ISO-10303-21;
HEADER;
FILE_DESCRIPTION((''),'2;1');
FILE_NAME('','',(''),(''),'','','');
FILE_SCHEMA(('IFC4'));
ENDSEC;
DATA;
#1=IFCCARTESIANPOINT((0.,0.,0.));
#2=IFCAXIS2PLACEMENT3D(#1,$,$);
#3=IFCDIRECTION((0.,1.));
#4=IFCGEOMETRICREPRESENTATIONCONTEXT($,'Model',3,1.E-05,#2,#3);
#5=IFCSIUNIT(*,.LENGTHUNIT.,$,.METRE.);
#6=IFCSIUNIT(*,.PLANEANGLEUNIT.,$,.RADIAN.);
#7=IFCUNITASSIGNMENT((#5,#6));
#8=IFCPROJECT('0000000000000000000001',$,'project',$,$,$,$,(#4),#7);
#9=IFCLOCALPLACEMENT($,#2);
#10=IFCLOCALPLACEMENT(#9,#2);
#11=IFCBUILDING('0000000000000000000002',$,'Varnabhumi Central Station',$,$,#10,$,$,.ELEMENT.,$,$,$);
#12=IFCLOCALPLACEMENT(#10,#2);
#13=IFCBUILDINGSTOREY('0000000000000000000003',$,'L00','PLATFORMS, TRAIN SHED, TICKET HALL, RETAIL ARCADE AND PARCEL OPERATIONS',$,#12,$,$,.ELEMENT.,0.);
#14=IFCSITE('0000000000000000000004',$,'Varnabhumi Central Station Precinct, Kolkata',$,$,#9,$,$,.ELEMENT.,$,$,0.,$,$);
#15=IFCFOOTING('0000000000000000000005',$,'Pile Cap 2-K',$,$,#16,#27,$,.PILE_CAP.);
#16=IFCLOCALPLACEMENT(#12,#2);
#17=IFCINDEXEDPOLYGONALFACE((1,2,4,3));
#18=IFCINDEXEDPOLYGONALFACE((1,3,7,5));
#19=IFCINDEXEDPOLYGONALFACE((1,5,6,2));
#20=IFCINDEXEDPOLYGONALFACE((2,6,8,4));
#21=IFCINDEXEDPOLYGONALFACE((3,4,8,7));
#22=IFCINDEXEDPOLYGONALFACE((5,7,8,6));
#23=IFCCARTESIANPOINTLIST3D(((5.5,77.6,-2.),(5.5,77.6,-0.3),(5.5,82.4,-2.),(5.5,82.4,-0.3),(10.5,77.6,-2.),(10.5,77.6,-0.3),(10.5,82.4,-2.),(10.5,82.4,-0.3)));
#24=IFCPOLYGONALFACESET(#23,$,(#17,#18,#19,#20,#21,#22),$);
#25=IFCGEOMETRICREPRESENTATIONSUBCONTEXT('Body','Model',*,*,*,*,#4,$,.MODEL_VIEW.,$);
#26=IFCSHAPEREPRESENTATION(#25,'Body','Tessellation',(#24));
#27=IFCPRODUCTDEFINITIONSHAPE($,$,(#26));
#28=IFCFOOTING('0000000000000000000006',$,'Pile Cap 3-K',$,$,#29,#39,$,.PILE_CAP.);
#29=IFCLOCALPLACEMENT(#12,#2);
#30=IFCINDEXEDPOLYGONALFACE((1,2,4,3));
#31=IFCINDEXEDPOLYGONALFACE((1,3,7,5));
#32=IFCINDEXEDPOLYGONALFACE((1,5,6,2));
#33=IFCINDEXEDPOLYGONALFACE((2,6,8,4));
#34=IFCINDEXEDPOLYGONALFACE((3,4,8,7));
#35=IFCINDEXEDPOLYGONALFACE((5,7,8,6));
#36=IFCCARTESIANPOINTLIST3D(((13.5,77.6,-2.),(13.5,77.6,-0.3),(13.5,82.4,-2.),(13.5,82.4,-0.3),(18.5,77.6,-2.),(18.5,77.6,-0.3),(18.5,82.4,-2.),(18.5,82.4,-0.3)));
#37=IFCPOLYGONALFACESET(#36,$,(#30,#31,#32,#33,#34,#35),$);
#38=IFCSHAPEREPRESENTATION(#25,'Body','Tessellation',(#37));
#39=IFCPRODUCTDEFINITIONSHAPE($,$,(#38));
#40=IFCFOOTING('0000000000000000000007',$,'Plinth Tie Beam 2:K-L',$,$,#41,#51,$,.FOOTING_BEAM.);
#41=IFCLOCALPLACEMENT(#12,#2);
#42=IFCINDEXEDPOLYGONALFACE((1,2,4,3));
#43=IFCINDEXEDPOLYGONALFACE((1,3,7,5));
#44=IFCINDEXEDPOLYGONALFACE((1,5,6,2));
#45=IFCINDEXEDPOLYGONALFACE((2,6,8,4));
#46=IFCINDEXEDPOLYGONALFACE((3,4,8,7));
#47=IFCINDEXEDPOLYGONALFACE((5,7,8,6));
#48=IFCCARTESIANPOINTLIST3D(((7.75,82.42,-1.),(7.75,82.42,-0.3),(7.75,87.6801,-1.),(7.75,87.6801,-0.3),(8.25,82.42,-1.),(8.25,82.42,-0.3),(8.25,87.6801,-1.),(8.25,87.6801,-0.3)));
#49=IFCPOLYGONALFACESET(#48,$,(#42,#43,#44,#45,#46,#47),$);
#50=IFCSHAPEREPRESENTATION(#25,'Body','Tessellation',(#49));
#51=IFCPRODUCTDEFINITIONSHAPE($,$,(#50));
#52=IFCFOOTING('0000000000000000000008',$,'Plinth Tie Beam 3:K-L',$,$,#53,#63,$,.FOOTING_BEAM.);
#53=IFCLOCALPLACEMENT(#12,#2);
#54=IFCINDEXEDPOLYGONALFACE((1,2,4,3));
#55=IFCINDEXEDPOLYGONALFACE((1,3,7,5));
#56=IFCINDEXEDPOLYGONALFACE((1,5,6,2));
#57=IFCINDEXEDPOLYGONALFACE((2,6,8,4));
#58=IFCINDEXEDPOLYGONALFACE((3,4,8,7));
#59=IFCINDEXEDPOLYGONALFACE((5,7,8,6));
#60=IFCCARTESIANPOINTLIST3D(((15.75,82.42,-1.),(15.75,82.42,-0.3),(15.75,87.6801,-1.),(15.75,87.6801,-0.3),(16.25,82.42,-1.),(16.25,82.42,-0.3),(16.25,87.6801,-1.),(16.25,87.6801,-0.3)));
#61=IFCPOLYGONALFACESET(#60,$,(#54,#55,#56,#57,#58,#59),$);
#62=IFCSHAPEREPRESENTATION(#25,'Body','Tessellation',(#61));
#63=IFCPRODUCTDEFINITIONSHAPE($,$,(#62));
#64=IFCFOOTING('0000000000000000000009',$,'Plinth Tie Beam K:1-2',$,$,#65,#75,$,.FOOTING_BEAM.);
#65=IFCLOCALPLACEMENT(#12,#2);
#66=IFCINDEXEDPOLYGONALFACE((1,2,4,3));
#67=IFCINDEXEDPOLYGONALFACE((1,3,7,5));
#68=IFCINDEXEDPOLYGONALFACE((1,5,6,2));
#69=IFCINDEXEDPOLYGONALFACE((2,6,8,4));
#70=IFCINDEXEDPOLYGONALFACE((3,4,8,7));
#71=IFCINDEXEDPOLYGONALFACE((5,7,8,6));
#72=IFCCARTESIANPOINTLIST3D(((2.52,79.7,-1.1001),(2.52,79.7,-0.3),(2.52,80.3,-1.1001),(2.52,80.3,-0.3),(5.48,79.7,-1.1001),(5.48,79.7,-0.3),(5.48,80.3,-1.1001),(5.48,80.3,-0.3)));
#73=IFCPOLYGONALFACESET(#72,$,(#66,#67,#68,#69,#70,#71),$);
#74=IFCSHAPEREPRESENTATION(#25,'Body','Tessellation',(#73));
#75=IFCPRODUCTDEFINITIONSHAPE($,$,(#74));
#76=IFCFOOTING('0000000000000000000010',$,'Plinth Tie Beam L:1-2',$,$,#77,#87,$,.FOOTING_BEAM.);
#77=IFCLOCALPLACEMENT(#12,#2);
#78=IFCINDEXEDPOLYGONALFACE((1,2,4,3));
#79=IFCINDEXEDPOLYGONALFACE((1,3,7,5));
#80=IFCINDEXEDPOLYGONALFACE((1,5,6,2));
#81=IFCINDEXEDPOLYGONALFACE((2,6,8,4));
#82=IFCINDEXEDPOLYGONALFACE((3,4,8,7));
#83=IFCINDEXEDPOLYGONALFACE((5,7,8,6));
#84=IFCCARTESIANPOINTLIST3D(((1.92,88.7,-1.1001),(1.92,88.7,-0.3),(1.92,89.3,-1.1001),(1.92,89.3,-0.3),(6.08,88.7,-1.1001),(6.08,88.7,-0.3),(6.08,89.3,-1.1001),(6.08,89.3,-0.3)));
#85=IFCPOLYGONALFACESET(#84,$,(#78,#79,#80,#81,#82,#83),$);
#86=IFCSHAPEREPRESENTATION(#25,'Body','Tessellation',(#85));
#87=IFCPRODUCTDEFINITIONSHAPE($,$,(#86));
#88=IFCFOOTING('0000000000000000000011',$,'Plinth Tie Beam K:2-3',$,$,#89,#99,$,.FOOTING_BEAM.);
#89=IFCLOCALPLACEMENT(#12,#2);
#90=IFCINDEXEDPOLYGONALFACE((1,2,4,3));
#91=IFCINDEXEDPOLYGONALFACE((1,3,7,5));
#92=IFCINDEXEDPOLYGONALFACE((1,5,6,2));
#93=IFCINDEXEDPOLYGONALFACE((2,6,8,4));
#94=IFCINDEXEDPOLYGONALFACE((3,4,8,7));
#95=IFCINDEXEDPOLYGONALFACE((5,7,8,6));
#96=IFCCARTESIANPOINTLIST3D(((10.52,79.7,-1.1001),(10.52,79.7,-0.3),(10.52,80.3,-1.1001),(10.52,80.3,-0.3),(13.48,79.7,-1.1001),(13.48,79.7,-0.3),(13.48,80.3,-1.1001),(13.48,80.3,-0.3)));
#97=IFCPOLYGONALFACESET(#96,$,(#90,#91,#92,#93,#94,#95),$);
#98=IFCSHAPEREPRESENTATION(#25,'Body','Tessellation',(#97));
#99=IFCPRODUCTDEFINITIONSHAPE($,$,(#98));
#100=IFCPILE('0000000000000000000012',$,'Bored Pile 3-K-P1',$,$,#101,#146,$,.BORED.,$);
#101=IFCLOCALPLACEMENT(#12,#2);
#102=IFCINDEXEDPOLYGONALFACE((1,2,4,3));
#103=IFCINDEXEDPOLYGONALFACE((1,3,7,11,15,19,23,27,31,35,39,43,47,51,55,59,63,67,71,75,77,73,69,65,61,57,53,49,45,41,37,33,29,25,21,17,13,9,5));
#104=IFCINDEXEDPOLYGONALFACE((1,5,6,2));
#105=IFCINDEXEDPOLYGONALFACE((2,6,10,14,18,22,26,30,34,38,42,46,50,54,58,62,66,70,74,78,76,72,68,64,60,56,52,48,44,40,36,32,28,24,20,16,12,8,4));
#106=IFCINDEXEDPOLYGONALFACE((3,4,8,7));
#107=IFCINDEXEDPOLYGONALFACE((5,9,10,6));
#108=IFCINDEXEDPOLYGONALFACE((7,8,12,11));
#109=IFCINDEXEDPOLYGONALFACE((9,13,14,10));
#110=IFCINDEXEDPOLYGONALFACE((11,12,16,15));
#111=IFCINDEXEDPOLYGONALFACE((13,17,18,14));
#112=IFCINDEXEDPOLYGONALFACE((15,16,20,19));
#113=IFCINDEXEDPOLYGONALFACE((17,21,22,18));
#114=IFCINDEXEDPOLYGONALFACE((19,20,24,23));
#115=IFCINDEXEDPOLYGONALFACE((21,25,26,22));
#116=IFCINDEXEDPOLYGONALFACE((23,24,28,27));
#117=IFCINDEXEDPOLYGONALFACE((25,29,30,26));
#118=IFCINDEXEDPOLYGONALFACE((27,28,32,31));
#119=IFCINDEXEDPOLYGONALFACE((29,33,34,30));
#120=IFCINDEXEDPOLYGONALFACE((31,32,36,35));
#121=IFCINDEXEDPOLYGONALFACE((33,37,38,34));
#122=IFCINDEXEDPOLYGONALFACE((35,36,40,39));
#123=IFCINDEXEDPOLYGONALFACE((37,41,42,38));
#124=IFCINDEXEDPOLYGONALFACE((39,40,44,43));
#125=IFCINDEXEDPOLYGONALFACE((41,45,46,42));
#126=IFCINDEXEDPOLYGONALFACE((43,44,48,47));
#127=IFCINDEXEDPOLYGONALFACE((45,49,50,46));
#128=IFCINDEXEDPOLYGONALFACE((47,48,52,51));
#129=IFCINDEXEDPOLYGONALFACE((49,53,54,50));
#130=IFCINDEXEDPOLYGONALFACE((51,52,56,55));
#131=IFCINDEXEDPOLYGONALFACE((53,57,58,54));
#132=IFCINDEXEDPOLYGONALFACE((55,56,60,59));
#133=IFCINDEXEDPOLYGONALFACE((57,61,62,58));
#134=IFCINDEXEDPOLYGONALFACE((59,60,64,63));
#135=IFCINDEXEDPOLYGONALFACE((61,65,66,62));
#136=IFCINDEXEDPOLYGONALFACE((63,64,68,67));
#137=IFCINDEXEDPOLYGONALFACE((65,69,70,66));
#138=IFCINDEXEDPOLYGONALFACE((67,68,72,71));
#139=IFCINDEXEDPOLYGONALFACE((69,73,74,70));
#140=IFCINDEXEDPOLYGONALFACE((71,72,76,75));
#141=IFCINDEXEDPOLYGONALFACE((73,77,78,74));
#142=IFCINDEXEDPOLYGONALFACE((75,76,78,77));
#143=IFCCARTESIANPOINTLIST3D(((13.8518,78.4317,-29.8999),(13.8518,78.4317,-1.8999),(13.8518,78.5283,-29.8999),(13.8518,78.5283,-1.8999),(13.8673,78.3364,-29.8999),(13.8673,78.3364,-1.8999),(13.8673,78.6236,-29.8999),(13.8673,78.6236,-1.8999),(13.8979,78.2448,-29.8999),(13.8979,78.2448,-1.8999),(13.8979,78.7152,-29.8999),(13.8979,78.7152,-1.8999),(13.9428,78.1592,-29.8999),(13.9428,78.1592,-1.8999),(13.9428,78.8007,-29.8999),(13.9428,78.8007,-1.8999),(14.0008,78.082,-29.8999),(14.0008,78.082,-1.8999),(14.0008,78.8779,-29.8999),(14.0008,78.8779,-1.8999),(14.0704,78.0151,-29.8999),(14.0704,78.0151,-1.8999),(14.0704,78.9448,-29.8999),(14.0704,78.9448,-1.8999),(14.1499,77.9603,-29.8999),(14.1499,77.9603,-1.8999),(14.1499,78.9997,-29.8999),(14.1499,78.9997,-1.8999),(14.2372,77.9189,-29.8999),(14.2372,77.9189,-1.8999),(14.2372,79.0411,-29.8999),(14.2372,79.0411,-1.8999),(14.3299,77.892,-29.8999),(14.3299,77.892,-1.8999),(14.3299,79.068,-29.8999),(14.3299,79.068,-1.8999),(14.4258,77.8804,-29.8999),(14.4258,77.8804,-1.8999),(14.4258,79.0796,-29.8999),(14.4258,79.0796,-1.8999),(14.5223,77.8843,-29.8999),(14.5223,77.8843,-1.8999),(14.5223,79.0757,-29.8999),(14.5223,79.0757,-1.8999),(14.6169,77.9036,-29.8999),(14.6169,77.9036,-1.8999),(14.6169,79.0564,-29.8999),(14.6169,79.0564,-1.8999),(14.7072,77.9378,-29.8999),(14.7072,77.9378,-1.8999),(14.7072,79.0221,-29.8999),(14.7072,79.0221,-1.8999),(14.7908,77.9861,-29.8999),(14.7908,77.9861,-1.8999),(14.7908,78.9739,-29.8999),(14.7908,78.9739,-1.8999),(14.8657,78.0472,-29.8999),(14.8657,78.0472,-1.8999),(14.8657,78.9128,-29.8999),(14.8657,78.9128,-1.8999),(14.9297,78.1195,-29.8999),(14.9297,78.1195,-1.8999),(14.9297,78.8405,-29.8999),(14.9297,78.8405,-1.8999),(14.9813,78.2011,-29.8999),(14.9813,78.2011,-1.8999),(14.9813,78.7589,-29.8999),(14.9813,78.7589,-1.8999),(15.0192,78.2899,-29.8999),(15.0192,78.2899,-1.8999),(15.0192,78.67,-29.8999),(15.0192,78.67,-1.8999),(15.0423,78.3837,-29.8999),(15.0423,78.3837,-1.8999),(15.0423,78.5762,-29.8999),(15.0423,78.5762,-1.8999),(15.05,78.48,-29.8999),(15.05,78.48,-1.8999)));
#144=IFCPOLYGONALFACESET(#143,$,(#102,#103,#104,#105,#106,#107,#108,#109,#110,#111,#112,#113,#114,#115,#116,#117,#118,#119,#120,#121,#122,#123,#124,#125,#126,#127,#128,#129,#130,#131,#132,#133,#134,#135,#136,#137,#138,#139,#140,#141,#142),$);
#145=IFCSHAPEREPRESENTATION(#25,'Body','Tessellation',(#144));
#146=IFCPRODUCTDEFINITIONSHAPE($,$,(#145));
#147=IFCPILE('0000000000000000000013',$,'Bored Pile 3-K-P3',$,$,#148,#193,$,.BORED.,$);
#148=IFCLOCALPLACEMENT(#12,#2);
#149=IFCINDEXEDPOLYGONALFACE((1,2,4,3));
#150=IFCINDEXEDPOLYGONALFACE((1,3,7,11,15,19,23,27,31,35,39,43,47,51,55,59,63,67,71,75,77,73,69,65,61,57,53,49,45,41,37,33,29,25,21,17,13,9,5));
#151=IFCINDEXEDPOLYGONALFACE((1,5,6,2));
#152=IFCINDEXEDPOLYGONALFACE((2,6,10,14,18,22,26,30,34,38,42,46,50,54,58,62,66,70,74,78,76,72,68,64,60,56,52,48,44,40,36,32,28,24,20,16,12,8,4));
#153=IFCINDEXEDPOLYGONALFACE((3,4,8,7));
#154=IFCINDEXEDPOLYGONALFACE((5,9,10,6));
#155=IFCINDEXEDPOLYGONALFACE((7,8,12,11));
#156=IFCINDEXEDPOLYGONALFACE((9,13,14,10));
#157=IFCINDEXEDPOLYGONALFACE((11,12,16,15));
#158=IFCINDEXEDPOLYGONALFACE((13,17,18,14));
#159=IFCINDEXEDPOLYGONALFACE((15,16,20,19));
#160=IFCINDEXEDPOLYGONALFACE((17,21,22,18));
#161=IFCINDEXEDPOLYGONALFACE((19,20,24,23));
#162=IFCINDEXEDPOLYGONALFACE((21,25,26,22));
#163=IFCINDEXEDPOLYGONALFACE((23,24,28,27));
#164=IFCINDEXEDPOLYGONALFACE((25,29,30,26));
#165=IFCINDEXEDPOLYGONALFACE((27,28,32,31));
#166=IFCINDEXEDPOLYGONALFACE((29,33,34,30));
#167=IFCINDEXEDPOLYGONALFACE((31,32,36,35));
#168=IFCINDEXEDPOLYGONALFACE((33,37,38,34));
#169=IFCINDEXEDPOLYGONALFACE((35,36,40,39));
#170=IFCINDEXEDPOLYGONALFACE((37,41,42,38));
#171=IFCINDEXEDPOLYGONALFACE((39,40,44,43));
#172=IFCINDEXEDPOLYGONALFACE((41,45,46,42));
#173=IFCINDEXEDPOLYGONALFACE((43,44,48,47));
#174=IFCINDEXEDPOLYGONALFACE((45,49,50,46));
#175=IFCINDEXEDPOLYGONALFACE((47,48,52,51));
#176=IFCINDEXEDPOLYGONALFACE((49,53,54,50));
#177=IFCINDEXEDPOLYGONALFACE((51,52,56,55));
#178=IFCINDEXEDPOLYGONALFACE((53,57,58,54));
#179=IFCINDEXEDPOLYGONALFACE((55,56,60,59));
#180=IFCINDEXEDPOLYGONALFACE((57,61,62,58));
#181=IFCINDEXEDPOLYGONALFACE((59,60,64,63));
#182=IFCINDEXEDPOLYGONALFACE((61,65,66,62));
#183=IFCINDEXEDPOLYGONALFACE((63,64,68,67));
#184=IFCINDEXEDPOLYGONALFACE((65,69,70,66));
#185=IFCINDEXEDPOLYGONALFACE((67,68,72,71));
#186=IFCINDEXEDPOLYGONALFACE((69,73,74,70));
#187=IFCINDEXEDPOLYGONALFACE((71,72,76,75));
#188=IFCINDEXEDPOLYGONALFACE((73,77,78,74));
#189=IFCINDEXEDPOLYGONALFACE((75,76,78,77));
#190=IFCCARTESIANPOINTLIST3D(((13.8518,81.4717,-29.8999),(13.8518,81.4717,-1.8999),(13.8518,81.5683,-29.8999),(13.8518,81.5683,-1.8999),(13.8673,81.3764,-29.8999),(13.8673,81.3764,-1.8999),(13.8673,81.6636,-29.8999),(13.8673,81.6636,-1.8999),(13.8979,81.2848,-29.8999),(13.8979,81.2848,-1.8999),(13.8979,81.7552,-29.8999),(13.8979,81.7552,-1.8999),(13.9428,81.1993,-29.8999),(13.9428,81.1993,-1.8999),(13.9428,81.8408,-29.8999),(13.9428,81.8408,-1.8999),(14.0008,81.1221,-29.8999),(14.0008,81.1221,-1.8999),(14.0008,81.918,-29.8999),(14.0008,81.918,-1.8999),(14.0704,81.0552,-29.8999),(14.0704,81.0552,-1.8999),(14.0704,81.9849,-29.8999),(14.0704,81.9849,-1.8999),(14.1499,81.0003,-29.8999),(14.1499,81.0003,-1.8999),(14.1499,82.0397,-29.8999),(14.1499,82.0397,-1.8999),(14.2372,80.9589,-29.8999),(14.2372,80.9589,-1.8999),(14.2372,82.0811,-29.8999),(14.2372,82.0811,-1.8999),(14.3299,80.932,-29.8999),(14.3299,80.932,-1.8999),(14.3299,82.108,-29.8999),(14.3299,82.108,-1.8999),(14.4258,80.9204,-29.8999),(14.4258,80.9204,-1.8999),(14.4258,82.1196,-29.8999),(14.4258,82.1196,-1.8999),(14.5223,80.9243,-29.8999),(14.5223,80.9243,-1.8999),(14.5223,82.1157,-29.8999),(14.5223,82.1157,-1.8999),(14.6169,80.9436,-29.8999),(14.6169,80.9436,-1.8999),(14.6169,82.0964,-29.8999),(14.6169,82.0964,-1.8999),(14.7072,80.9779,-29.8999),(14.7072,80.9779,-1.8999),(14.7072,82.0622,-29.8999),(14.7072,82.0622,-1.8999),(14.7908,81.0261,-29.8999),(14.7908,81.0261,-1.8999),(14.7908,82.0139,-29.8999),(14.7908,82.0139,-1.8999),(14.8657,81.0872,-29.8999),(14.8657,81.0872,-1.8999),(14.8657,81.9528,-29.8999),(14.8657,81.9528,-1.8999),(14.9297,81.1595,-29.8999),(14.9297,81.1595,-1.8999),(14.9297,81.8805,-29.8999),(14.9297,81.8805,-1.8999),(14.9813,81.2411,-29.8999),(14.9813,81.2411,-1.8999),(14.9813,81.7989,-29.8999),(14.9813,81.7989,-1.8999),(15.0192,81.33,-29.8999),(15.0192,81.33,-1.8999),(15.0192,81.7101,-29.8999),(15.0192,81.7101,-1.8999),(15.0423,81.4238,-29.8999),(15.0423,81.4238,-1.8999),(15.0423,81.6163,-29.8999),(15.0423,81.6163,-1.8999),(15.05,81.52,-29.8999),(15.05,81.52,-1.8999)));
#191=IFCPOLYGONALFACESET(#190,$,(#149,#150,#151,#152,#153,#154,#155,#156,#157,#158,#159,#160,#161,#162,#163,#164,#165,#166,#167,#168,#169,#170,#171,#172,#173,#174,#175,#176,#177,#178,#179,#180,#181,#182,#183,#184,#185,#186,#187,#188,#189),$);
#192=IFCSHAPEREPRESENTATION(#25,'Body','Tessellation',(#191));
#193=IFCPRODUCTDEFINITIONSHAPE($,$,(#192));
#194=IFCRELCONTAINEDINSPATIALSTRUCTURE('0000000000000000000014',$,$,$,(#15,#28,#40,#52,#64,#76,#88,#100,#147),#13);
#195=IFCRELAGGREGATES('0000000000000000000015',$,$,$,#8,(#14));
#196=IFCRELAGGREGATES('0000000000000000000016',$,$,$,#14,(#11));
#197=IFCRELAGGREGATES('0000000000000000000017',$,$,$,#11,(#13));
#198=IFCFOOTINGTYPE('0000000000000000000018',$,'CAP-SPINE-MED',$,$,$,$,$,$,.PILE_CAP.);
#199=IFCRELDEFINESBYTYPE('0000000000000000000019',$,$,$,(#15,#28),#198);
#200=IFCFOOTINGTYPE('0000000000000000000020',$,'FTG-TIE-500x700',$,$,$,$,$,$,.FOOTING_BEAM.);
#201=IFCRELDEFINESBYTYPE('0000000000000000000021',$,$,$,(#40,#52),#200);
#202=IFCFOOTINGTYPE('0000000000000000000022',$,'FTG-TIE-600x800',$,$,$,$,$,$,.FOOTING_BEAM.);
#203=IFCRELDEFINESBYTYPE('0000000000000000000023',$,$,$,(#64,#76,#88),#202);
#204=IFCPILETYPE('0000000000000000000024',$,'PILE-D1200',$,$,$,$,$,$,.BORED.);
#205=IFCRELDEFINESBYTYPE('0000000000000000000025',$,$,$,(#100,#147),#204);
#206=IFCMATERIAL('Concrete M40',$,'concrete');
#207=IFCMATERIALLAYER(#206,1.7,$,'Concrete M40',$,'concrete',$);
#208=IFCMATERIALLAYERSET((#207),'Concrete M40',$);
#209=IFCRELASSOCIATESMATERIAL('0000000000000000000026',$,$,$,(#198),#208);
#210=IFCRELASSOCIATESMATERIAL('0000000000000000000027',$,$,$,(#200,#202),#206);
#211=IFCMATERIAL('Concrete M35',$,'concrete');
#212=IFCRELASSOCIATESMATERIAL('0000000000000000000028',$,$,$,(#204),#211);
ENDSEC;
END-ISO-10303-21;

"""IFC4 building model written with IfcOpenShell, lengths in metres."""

from ifc_helpers import new_model, si_unit, direction, frame, origin, origin_2d, place, context, subcontext, project, spatial, rectangle, circle, extrude, material, layer, layer_set, material_profile, profile_set, type_object, element, save


model = new_model("IFC4")

# Units and contexts
model_context = context("Model", 3, precision=1e-05, world=origin(), true_north=direction((0.0, 1.0)))
body_context = subcontext(model_context, "Body", "Model", "MODEL_VIEW")
ifc_project = project(units=[si_unit("LENGTHUNIT", "METRE"), si_unit("PLANEANGLEUNIT", "RADIAN")], contexts=[model_context])

# Site, building, storey
site_placement = place(None, origin())
site = spatial("IfcSite", under=ifc_project, at=site_placement, Name="Varnabhumi Central Station Precinct, Kolkata", CompositionType="ELEMENT", RefElevation=0.0)
building_placement = place(site_placement, origin())
building = spatial("IfcBuilding", under=site, at=building_placement, Name="Varnabhumi Central Station", CompositionType="ELEMENT")
storey_placement = place(building_placement, origin())
storey = spatial("IfcBuildingStorey", under=building, at=storey_placement, Name="L00", Description="PLATFORMS, TRAIN SHED, TICKET HALL, RETAIL ARCADE AND PARCEL OPERATIONS", CompositionType="ELEMENT", Elevation=0.0)

# Footings
ifc_material_1 = material(Name="Concrete M40", Category="concrete")
ifc_layer_1 = layer(ifc_material_1, 1.7, Name="Concrete M40", Category="concrete")
ifc_layer_set_1 = layer_set([ifc_layer_1], Name="Concrete M40")
footing_type_1 = type_object("IfcFootingType", Name="CAP-SPINE-MED", PredefinedType="PILE_CAP", material=ifc_layer_set_1)
for number, where, z_axis, x_axis, name in (
    (1, (8.0, 80.0, -2.0), (0.0, 0.0, 1.0), (1.0, 0.0, 0.0), "Pile Cap 2-K"),
    (2, (16.0, 80.0, -2.0), (0.0, 0.0, 1.0), (1.0, 0.0, 0.0), "Pile Cap 3-K"),
):
    element("IfcFooting", number, at=place(storey_placement, frame(where, z_axis=z_axis, x_axis=x_axis)), inside=storey, type_object=footing_type_1, Name=name, PredefinedType="PILE_CAP", context=body_context, shape_type="SweptSolid", body=[
        extrude(rectangle(XDim=5.0, YDim=4.8, at=origin_2d()), origin(), (0.0, 0.0, 1.0), 1.7),
    ])
footing_type_2 = type_object("IfcFootingType", Name="FTG-TIE-500x700", PredefinedType="FOOTING_BEAM", material=ifc_material_1)
for number, where, z_axis, x_axis, name in (
    (3, (8.0, 85.05, -1.0), (0.0, 0.0, 1.0), (1.0, 0.0, 0.0), "Plinth Tie Beam 2:K-L"),
    (4, (16.0, 85.05, -1.0), (0.0, 0.0, 1.0), (1.0, 0.0, 0.0), "Plinth Tie Beam 3:K-L"),
):
    element("IfcFooting", number, at=place(storey_placement, frame(where, z_axis=z_axis, x_axis=x_axis)), inside=storey, type_object=footing_type_2, Name=name, PredefinedType="FOOTING_BEAM", context=body_context, shape_type="SweptSolid", body=[
        extrude(rectangle(XDim=0.5, YDim=5.26, at=origin_2d()), origin(), (0.0, 0.0, 1.0), 0.7),
    ])
footing_type_3 = type_object("IfcFootingType", Name="FTG-TIE-600x800", PredefinedType="FOOTING_BEAM", material=ifc_material_1)
footing_1_placement = place(storey_placement, frame((4.0, 80.0, -1.1001), z_axis=(0.0, 0.0, 1.0), x_axis=(1.0, 0.0, 0.0)))
element("IfcFooting", 5, at=footing_1_placement, inside=storey, type_object=footing_type_3, Name="Plinth Tie Beam K:1-2", PredefinedType="FOOTING_BEAM", context=body_context, shape_type="SweptSolid", body=[
    extrude(rectangle(XDim=2.96, YDim=0.6001, at=origin_2d()), origin(), (0.0, 0.0, 1.0), 0.8),
])
footing_2_placement = place(storey_placement, frame((4.0, 89.0, -1.1001), z_axis=(0.0, 0.0, 1.0), x_axis=(1.0, 0.0, 0.0)))
element("IfcFooting", 6, at=footing_2_placement, inside=storey, type_object=footing_type_3, Name="Plinth Tie Beam L:1-2", PredefinedType="FOOTING_BEAM", context=body_context, shape_type="SweptSolid", body=[
    extrude(rectangle(XDim=4.1599, YDim=0.6001, at=origin_2d()), origin(), (0.0, 0.0, 1.0), 0.8),
])
footing_3_placement = place(storey_placement, frame((12.0, 80.0, -1.1001), z_axis=(0.0, 0.0, 1.0), x_axis=(1.0, 0.0, 0.0)))
element("IfcFooting", 7, at=footing_3_placement, inside=storey, type_object=footing_type_3, Name="Plinth Tie Beam K:2-3", PredefinedType="FOOTING_BEAM", context=body_context, shape_type="SweptSolid", body=[
    extrude(rectangle(XDim=2.96, YDim=0.6001, at=origin_2d()), origin(), (0.0, 0.0, 1.0), 0.8),
])

# Piles
ifc_material_2 = material(Name="Concrete M35", Category="concrete")
ifc_material_profile_1 = material_profile(ifc_material_2, circle(Radius=0.6001, at=origin_2d()), Name="Concrete M35", Category="concrete")
ifc_profile_set_1 = profile_set([ifc_material_profile_1], Name="Concrete M35")
pile_type_1 = type_object("IfcPileType", Name="PILE-D1200", PredefinedType="BORED", material=ifc_profile_set_1)
for number, where, z_axis, x_axis, name in (
    (8, (14.45, 78.48, -1.8999), (0.0, 0.0, -1.0), (1.0, 0.0, 0.0), "Bored Pile 3-K-P1"),
    (9, (14.45, 81.52, -1.8999), (0.0, 0.0, -1.0), (1.0, 0.0, 0.0), "Bored Pile 3-K-P3"),
):
    element("IfcPile", number, at=place(storey_placement, frame(where, z_axis=z_axis, x_axis=x_axis)), inside=storey, type_object=pile_type_1, Name=name, PredefinedType="BORED", context=body_context, shape_type="SweptSolid", body=[
        extrude(circle(Radius=0.6001, at=origin_2d()), origin(), (0.0, 0.0, 1.0), 28.0),
    ])

save(model, "model.ifc")
